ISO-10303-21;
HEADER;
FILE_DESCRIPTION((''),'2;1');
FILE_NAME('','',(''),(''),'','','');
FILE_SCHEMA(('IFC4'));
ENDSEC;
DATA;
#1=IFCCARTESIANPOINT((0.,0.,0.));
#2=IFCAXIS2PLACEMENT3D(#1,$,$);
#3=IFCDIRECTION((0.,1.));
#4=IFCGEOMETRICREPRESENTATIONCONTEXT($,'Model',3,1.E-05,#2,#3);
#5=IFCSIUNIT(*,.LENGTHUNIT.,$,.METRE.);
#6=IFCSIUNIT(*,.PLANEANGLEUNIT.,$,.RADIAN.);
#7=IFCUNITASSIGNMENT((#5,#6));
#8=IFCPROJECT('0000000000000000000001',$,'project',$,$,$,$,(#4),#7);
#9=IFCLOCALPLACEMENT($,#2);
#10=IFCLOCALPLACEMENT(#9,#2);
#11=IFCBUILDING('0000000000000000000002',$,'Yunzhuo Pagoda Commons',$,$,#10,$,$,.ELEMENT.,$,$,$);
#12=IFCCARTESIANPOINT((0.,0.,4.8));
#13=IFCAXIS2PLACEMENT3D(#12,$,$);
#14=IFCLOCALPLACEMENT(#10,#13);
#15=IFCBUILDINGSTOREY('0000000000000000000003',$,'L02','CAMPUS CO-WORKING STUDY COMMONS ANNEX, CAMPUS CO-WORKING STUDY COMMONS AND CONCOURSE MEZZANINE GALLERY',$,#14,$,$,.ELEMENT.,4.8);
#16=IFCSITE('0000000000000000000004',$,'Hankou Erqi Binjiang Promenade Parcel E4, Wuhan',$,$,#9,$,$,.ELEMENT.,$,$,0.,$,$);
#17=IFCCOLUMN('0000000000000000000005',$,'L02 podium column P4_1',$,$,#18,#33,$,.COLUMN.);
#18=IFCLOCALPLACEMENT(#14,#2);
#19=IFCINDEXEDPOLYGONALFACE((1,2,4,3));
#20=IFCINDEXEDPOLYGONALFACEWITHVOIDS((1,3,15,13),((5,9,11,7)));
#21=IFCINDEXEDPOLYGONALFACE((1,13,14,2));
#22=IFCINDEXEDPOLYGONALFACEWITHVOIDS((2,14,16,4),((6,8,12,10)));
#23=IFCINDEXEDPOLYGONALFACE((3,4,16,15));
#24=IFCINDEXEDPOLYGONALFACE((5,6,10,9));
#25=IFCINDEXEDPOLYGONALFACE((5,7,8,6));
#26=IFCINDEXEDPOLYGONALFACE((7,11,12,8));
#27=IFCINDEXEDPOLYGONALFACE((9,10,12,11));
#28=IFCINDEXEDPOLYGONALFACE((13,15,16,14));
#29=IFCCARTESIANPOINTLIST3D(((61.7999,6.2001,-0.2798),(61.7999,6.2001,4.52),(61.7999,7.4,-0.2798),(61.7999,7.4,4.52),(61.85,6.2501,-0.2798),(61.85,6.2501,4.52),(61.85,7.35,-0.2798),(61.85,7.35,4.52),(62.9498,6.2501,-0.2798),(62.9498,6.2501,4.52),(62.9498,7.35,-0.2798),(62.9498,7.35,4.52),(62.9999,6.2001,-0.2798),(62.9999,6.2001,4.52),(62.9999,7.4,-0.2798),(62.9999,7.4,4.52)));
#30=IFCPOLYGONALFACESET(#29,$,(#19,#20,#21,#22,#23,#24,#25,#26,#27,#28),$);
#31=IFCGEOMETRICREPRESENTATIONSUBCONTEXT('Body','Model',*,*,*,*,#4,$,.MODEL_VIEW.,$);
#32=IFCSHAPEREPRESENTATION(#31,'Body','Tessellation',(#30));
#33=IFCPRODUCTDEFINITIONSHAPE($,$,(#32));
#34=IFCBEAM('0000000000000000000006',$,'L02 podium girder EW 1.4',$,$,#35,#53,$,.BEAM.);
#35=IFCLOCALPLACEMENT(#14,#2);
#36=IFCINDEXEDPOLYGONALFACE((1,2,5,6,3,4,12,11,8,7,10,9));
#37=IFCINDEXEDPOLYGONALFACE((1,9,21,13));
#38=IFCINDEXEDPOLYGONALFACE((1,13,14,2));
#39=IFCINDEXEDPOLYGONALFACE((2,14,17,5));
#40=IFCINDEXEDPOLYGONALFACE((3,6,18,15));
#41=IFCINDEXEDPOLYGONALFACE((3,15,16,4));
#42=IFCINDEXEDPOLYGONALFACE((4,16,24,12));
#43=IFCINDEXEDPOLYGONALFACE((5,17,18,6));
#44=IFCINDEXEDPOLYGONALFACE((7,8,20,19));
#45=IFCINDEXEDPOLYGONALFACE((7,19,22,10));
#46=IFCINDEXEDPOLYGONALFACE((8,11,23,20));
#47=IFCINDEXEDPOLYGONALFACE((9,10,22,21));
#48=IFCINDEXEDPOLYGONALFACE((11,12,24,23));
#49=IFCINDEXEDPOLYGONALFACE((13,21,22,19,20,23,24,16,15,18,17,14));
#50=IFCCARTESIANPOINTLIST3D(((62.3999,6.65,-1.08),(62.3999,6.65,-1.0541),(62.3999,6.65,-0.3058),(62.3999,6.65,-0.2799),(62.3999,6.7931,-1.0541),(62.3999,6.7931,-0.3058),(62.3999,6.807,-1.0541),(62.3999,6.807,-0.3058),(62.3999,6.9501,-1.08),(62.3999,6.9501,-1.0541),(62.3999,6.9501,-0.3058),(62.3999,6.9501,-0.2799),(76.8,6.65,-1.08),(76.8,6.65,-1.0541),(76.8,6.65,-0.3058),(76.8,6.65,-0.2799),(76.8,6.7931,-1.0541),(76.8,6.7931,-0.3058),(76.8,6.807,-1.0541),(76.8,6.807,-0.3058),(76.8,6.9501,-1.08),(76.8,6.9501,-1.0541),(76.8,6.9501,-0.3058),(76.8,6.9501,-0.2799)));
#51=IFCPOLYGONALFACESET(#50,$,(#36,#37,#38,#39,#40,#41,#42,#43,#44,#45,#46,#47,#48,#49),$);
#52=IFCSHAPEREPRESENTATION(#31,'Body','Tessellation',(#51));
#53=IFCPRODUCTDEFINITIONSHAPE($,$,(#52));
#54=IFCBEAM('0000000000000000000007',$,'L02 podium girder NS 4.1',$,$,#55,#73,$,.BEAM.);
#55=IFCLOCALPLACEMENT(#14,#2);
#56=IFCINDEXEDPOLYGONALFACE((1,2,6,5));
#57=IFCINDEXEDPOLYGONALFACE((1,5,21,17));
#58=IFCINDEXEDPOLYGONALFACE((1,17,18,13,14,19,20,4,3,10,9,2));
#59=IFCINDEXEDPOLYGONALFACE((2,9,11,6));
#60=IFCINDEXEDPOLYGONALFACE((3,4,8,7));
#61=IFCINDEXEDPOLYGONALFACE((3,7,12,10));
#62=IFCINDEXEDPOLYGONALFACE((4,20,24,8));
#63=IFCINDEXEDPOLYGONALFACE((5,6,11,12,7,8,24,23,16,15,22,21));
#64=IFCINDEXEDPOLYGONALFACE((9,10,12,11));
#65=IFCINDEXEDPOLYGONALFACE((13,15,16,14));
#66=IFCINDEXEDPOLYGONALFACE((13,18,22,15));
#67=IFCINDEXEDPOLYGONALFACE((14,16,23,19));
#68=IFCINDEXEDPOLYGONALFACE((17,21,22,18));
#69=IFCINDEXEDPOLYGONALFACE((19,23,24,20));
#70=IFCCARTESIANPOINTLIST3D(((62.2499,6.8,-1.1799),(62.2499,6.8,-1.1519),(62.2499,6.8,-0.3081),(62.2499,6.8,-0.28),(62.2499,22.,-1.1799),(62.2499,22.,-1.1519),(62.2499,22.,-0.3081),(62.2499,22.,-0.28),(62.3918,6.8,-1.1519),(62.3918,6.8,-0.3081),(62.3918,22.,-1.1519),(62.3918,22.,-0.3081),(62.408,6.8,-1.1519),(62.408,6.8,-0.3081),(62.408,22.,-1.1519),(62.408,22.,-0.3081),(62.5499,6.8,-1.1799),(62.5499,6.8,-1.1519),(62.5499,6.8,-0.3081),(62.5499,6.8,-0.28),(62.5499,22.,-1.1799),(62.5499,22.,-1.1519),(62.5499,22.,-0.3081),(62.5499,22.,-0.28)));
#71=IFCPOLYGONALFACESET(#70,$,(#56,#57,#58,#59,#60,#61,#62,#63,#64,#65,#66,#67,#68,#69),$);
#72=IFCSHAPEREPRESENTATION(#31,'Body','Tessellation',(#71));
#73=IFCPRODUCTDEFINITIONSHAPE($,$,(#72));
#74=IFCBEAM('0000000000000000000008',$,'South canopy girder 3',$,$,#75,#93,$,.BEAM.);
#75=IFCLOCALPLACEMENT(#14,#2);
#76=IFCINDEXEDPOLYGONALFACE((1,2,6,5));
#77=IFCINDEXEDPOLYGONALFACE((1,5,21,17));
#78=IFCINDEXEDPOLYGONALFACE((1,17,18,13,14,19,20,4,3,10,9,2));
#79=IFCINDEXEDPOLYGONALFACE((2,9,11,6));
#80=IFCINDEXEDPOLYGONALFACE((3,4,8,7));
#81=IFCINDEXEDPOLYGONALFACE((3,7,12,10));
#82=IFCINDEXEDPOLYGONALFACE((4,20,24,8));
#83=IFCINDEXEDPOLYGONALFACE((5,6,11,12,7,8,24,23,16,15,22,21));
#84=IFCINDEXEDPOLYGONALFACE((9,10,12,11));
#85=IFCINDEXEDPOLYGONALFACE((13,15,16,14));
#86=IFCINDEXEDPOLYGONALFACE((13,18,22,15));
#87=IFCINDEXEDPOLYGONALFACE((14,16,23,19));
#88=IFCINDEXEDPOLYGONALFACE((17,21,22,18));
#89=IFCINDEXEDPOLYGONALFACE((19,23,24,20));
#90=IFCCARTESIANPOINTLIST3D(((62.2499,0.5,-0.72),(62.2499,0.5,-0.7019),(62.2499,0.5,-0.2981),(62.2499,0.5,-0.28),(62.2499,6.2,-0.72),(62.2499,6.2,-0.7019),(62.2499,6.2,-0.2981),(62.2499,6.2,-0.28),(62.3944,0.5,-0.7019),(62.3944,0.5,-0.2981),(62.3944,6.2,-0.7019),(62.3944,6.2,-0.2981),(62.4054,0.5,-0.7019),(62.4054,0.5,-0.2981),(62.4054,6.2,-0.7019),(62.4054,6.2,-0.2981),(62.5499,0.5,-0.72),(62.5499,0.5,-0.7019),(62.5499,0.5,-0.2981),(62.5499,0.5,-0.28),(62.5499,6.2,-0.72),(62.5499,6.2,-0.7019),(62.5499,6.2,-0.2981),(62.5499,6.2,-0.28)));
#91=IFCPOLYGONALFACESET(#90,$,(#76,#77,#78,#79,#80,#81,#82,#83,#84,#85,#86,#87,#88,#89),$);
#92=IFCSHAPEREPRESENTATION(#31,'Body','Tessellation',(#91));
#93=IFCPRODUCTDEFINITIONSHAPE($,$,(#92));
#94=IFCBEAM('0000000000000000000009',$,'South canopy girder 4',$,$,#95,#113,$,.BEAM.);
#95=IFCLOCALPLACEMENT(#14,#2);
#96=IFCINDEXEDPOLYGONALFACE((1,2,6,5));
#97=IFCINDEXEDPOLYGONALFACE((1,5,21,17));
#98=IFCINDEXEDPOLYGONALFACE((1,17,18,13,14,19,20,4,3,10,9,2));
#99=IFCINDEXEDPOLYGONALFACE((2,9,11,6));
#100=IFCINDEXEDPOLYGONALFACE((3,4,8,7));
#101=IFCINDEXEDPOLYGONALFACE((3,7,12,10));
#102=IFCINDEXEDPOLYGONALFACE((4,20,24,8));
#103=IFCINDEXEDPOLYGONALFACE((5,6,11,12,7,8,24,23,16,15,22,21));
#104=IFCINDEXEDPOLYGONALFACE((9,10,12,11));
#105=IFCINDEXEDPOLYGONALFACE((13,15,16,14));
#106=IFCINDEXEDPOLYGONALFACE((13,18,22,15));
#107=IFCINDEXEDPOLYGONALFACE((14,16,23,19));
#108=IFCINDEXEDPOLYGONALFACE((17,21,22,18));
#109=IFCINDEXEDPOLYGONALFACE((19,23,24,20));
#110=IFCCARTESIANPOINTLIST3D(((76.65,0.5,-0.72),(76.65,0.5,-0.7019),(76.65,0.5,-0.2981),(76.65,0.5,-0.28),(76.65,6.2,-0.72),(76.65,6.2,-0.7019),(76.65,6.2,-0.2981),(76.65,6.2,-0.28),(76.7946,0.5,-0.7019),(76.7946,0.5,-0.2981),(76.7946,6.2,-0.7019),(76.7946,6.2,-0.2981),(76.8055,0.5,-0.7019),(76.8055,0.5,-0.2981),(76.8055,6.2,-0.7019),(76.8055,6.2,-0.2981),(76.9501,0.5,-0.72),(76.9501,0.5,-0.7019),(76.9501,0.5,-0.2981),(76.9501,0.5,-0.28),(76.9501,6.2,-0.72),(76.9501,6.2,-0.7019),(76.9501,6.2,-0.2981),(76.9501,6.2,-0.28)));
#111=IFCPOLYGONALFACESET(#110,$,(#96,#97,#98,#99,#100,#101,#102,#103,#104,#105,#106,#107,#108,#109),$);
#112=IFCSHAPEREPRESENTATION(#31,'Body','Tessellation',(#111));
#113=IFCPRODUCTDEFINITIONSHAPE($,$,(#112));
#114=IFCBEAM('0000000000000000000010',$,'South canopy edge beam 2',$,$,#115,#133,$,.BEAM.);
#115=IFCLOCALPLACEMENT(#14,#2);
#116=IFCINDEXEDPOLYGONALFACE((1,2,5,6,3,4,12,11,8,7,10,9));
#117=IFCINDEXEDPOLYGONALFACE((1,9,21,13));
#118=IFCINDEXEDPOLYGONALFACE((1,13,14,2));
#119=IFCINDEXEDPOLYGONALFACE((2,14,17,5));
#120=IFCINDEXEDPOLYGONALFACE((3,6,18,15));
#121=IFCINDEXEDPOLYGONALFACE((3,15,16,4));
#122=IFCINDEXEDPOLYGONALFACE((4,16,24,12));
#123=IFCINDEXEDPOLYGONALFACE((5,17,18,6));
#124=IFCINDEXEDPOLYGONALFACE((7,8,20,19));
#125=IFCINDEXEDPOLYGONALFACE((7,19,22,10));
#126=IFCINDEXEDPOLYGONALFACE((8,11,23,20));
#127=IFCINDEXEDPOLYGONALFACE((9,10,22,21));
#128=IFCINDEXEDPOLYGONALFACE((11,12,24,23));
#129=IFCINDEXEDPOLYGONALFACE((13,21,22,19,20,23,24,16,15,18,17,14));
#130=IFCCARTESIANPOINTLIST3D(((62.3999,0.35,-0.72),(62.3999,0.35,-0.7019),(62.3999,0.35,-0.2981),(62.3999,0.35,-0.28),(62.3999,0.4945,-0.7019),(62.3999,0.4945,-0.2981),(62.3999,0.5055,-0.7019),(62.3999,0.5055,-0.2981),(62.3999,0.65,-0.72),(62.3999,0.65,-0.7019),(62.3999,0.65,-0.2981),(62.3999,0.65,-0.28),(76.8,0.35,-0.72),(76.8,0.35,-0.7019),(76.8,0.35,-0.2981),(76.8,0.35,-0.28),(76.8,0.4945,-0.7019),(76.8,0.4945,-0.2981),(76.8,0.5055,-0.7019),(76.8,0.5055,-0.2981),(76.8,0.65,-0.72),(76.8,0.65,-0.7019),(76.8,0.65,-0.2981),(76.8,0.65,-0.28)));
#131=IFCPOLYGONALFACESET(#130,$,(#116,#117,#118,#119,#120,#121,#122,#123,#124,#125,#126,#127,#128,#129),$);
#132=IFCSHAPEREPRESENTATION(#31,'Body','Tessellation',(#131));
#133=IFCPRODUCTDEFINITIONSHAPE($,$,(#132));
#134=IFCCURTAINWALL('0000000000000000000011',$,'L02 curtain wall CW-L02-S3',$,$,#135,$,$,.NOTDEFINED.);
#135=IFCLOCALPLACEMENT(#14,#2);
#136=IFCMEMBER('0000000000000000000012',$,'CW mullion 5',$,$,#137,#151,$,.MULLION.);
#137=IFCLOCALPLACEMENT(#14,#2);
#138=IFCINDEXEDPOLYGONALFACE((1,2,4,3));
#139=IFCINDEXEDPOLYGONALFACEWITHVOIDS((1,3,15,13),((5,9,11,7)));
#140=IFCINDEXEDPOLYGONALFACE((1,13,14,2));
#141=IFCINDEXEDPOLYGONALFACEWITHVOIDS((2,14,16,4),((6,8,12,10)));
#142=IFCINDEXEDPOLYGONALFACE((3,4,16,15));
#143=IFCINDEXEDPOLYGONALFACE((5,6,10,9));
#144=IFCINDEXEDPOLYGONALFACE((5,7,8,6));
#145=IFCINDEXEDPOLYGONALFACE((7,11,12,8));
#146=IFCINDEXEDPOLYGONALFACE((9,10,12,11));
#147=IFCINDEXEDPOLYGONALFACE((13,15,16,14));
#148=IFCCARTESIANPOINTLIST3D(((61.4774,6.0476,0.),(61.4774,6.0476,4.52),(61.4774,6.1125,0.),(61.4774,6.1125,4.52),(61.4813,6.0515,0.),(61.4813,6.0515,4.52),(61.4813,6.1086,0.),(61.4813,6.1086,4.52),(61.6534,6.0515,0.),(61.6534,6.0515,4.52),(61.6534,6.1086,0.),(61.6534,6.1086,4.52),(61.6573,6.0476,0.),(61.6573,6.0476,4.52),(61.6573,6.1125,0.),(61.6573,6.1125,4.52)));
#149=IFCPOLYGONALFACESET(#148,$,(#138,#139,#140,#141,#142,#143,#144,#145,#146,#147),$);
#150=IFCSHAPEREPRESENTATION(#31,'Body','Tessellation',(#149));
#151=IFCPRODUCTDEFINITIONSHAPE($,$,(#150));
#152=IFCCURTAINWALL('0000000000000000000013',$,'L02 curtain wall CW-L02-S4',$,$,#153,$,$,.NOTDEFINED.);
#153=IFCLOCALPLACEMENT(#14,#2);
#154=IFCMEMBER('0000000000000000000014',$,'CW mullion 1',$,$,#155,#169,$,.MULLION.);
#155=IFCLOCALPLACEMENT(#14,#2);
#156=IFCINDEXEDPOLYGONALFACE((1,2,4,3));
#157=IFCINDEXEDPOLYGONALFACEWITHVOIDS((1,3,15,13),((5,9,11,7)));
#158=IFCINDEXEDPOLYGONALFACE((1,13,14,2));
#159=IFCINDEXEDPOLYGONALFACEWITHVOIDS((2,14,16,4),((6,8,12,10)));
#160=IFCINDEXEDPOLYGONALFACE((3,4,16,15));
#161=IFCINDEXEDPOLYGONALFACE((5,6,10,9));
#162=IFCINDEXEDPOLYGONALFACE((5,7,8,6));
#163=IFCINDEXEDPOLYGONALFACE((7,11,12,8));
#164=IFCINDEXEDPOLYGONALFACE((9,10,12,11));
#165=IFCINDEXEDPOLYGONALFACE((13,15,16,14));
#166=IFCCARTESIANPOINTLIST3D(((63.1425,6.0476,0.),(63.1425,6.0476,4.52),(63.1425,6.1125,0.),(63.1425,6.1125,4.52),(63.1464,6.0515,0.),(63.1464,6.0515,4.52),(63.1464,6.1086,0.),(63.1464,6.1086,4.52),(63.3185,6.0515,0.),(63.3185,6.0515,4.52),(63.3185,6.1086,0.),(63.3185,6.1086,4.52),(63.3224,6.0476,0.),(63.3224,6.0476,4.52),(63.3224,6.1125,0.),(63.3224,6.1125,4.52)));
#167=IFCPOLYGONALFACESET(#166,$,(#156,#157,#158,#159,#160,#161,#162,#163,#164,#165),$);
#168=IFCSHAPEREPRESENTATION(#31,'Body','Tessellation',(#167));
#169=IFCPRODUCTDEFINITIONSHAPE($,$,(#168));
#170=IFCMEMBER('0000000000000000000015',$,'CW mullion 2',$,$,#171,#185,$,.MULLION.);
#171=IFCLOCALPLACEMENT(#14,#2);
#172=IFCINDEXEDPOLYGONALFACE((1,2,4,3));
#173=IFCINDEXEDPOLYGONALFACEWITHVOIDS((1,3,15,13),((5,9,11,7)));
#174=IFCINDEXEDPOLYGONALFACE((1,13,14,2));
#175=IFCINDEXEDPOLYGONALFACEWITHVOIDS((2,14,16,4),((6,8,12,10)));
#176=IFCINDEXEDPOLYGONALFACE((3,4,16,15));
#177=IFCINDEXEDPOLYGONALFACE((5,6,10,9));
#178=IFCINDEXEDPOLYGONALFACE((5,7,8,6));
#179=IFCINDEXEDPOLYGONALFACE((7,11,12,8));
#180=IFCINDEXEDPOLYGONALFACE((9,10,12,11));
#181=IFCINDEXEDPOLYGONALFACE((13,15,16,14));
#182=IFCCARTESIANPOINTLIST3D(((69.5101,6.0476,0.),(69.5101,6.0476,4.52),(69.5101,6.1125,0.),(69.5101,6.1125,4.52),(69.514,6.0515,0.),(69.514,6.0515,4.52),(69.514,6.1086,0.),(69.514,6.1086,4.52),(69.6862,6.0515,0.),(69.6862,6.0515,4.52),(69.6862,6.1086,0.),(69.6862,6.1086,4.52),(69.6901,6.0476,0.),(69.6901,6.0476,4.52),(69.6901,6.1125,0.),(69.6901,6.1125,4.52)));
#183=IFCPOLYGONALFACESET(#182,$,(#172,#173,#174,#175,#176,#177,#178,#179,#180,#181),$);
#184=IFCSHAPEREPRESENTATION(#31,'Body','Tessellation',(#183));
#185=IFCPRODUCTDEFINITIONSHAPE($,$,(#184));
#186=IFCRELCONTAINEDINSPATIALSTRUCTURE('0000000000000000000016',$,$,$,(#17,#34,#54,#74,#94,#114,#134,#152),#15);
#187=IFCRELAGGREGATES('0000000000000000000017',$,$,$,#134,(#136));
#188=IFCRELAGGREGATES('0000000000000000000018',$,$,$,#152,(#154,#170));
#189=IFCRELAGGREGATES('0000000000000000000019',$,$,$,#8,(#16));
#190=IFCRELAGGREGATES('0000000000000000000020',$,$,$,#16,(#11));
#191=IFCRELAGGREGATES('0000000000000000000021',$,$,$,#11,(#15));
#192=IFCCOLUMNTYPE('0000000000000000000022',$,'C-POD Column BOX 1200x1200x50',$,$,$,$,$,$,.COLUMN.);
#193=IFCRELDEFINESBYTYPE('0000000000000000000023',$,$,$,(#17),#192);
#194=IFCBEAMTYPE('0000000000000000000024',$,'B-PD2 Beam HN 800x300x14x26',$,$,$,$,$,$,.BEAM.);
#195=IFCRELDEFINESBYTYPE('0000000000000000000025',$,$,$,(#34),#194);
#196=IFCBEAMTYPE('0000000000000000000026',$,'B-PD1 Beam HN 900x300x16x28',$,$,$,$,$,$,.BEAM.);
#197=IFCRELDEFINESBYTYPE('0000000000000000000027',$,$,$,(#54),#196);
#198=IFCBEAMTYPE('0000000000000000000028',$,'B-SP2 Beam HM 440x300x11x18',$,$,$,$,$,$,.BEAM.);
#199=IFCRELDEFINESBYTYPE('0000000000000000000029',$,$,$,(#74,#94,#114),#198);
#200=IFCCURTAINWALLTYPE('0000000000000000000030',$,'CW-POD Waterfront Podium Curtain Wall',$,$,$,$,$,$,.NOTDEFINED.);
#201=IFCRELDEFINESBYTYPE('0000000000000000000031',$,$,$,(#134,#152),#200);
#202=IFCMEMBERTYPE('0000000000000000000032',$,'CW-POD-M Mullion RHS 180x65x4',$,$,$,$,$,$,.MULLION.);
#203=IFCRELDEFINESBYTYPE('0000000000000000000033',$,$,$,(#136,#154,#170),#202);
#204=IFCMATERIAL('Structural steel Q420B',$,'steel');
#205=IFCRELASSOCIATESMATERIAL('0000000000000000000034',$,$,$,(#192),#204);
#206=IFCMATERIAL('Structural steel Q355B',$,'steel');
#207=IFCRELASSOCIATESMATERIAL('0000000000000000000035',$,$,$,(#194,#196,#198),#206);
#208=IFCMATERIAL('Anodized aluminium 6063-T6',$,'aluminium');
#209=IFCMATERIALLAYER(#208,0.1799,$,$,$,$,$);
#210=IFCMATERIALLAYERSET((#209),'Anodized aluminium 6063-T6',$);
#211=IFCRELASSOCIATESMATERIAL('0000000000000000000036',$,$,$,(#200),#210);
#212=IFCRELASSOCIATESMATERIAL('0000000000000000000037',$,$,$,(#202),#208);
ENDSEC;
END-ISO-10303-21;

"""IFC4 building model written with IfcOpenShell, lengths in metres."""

from ifc_helpers import new_model, si_unit, direction, frame, origin, origin_2d, place, context, subcontext, project, spatial, hollow_rectangle, i_section, extrude, source, transform, mapped, material, layer, layer_set, material_profile, profile_set, type_object, element, aggregate, save


model = new_model("IFC4")

# Units and contexts
model_context = context("Model", 3, precision=1e-05, world=origin(), true_north=direction((0.0, 1.0)))
body_context = subcontext(model_context, "Body", "Model", "MODEL_VIEW")
ifc_project = project(units=[si_unit("LENGTHUNIT", "METRE"), si_unit("PLANEANGLEUNIT", "RADIAN")], contexts=[model_context])

# Site, building, storey
site_placement = place(None, origin())
site = spatial("IfcSite", under=ifc_project, at=site_placement, Name="Hankou Erqi Binjiang Promenade Parcel E4, Wuhan", CompositionType="ELEMENT", RefElevation=0.0)
building_placement = place(site_placement, origin())
building = spatial("IfcBuilding", under=site, at=building_placement, Name="Yunzhuo Pagoda Commons", CompositionType="ELEMENT")
storey_placement = place(building_placement, frame((0.0, 0.0, 4.8)))
storey = spatial("IfcBuildingStorey", under=building, at=storey_placement, Name="L02", Description="CAMPUS CO-WORKING STUDY COMMONS ANNEX, CAMPUS CO-WORKING STUDY COMMONS AND CONCOURSE MEZZANINE GALLERY", CompositionType="ELEMENT", Elevation=4.8)

# Column
ifc_material_1 = material(Name="Structural steel Q420B", Category="steel")
ifc_material_profile_1 = material_profile(ifc_material_1, hollow_rectangle(XDim=1.2, YDim=1.2, WallThickness=0.05, at=origin_2d()), Name="Structural steel Q420B")
ifc_profile_set_1 = profile_set([ifc_material_profile_1], Name="Structural steel Q420B")
column_type = type_object("IfcColumnType", Name="C-POD Column BOX 1200x1200x50", PredefinedType="COLUMN", material=ifc_profile_set_1)
shared_shape_1 = source(origin(), body_context, "Body", "SweptSolid", [
    extrude(hollow_rectangle(XDim=1.2, YDim=1.2, WallThickness=0.05, at=origin_2d()), origin(), (0.0, 0.0, 1.0), 4.7998),
])
column_placement = place(storey_placement, frame((62.3999, 6.8, -0.2798), z_axis=(0.0, 0.0, 1.0), x_axis=(1.0, 0.0, 0.0)))
element("IfcColumn", 1, at=column_placement, inside=storey, type_object=column_type, Name="L02 podium column P4_1", PredefinedType="COLUMN", context=body_context, shape_type="MappedRepresentation", body=[
    mapped(shared_shape_1, transform((0.0, 0.0, 0.0), scale=1.0)),
])

# Beams
ifc_material_2 = material(Name="Structural steel Q355B", Category="steel")
ifc_material_profile_2 = material_profile(ifc_material_2, i_section(OverallWidth=0.3, OverallDepth=0.8, WebThickness=0.0139, FlangeThickness=0.0259, at=origin_2d()), Name="Structural steel Q355B")
ifc_profile_set_2 = profile_set([ifc_material_profile_2], Name="Structural steel Q355B")
beam_type_1 = type_object("IfcBeamType", Name="B-PD2 Beam HN 800x300x14x26", PredefinedType="BEAM", material=ifc_profile_set_2)
shared_shape_2 = source(origin(), body_context, "Body", "SweptSolid", [
    extrude(i_section(OverallWidth=0.3, OverallDepth=0.8, WebThickness=0.0139, FlangeThickness=0.0259, at=origin_2d()), origin(), (0.0, 0.0, 1.0), 14.4001),
])
beam_1_placement = place(storey_placement, frame((62.3999, 6.8, -0.6799), z_axis=(1.0, 0.0, 0.0), x_axis=(0.0, 1.0, 0.0)))
element("IfcBeam", 2, at=beam_1_placement, inside=storey, type_object=beam_type_1, Name="L02 podium girder EW 1.4", PredefinedType="BEAM", context=body_context, shape_type="MappedRepresentation", body=[
    mapped(shared_shape_2, transform((0.0, 0.0, 0.0), scale=1.0)),
])
ifc_material_profile_3 = material_profile(ifc_material_2, i_section(OverallWidth=0.3, OverallDepth=0.8999, WebThickness=0.0161, FlangeThickness=0.0281, at=origin_2d()), Name="Structural steel Q355B")
ifc_profile_set_3 = profile_set([ifc_material_profile_3], Name="Structural steel Q355B")
beam_type_2 = type_object("IfcBeamType", Name="B-PD1 Beam HN 900x300x16x28", PredefinedType="BEAM", material=ifc_profile_set_3)
shared_shape_3 = source(origin(), body_context, "Body", "SweptSolid", [
    extrude(i_section(OverallWidth=0.3, OverallDepth=0.8999, WebThickness=0.0161, FlangeThickness=0.0281, at=origin_2d()), origin(), (0.0, 0.0, 1.0), 15.2),
])
beam_2_placement = place(storey_placement, frame((62.3999, 6.8, -0.73), z_axis=(0.0, 1.0, 0.0), x_axis=(-1.0, 0.0, 0.0)))
element("IfcBeam", 3, at=beam_2_placement, inside=storey, type_object=beam_type_2, Name="L02 podium girder NS 4.1", PredefinedType="BEAM", context=body_context, shape_type="MappedRepresentation", body=[
    mapped(shared_shape_3, transform((0.0, 0.0, 0.0), scale=1.0)),
])
ifc_material_profile_4 = material_profile(ifc_material_2, i_section(OverallWidth=0.3, OverallDepth=0.4399, WebThickness=0.011, FlangeThickness=0.0181, at=origin_2d()), Name="Structural steel Q355B")
ifc_profile_set_4 = profile_set([ifc_material_profile_4], Name="Structural steel Q355B")
beam_type_3 = type_object("IfcBeamType", Name="B-SP2 Beam HM 440x300x11x18", PredefinedType="BEAM", material=ifc_profile_set_4)
shared_shape_4 = source(origin(), body_context, "Body", "SweptSolid", [
    extrude(i_section(OverallWidth=0.3, OverallDepth=0.4399, WebThickness=0.011, FlangeThickness=0.0181, at=origin_2d()), origin(), (0.0, 0.0, 1.0), 5.7),
])
for number, where, z_axis, x_axis, name in (
    (4, (62.3999, 6.2, -0.5), (0.0, -1.0, 0.0), (1.0, 0.0, 0.0), "South canopy girder 3"),
    (5, (76.8, 6.2, -0.5), (0.0, -1.0, 0.0), (1.0, 0.0, 0.0), "South canopy girder 4"),
):
    element("IfcBeam", number, at=place(storey_placement, frame(where, z_axis=z_axis, x_axis=x_axis)), inside=storey, type_object=beam_type_3, Name=name, PredefinedType="BEAM", context=body_context, shape_type="MappedRepresentation", body=[
        mapped(shared_shape_4, transform((0.0, 0.0, 0.0), scale=1.0)),
    ])
shared_shape_5 = source(origin(), body_context, "Body", "SweptSolid", [
    extrude(i_section(OverallWidth=0.3, OverallDepth=0.4399, WebThickness=0.011, FlangeThickness=0.0181, at=origin_2d()), origin(), (0.0, 0.0, 1.0), 14.4001),
])
beam_3_placement = place(storey_placement, frame((62.3999, 0.5, -0.5), z_axis=(1.0, 0.0, 0.0), x_axis=(0.0, 1.0, 0.0)))
element("IfcBeam", 6, at=beam_3_placement, inside=storey, type_object=beam_type_3, Name="South canopy edge beam 2", PredefinedType="BEAM", context=body_context, shape_type="MappedRepresentation", body=[
    mapped(shared_shape_5, transform((0.0, 0.0, 0.0), scale=1.0)),
])

# Curtain wall, member
ifc_material_3 = material(Name="Anodized aluminium 6063-T6", Category="aluminium")
ifc_layer_1 = layer(ifc_material_3, 0.1799)
ifc_layer_set_1 = layer_set([ifc_layer_1], Name="Anodized aluminium 6063-T6")
curtain_wall_type = type_object("IfcCurtainWallType", Name="CW-POD Waterfront Podium Curtain Wall", PredefinedType="NOTDEFINED", material=ifc_layer_set_1)
curtain_wall_1_placement = place(storey_placement, origin())
curtain_wall_1 = element("IfcCurtainWall", 7, at=curtain_wall_1_placement, inside=storey, type_object=curtain_wall_type, Name="L02 curtain wall CW-L02-S3", PredefinedType="NOTDEFINED")
ifc_material_profile_5 = material_profile(ifc_material_3, hollow_rectangle(XDim=0.0649, YDim=0.1799, WallThickness=0.0039, at=origin_2d()), Name="Anodized aluminium 6063-T6")
ifc_profile_set_5 = profile_set([ifc_material_profile_5], Name="Anodized aluminium 6063-T6")
member_type_1 = type_object("IfcMemberType", Name="CW-POD-M Mullion RHS 180x65x4", PredefinedType="MULLION", material=ifc_profile_set_5)
shared_shape_6 = source(origin(), body_context, "Body", "SweptSolid", [
    extrude(hollow_rectangle(XDim=0.0649, YDim=0.1799, WallThickness=0.0039, at=origin_2d()), origin(), (0.0, 0.0, 1.0), 4.52),
])
member_1_placement = place(storey_placement, frame((61.5674, 6.0801, 0.0), z_axis=(0.0, 0.0, 1.0), x_axis=(0.0, 1.0, 0.0)))
member_1 = element("IfcMember", 8, at=member_1_placement, type_object=member_type_1, Name="CW mullion 5", PredefinedType="MULLION", context=body_context, shape_type="MappedRepresentation", body=[
    mapped(shared_shape_6, transform((0.0, 0.0, 0.0), scale=1.0)),
])
aggregate(curtain_wall_1, [member_1])

# Curtain wall, members
curtain_wall_2_placement = place(storey_placement, origin())
curtain_wall_2 = element("IfcCurtainWall", 9, at=curtain_wall_2_placement, inside=storey, type_object=curtain_wall_type, Name="L02 curtain wall CW-L02-S4", PredefinedType="NOTDEFINED")
member_2_placement = place(storey_placement, frame((63.2324, 6.0801, 0.0), z_axis=(0.0, 0.0, 1.0), x_axis=(0.0, 1.0, 0.0)))
member_2 = element("IfcMember", 10, at=member_2_placement, type_object=member_type_1, Name="CW mullion 1", PredefinedType="MULLION", context=body_context, shape_type="MappedRepresentation", body=[
    mapped(shared_shape_6, transform((0.0, 0.0, 0.0), scale=1.0)),
])
member_3_placement = place(storey_placement, frame((69.6001, 6.0801, 0.0), z_axis=(0.0, 0.0, 1.0), x_axis=(0.0, 1.0, 0.0)))
member_3 = element("IfcMember", 11, at=member_3_placement, type_object=member_type_1, Name="CW mullion 2", PredefinedType="MULLION", context=body_context, shape_type="MappedRepresentation", body=[
    mapped(shared_shape_6, transform((0.0, 0.0, 0.0), scale=1.0)),
])

aggregate(curtain_wall_2, [member_2, member_3])

save(model, "model.ifc")
